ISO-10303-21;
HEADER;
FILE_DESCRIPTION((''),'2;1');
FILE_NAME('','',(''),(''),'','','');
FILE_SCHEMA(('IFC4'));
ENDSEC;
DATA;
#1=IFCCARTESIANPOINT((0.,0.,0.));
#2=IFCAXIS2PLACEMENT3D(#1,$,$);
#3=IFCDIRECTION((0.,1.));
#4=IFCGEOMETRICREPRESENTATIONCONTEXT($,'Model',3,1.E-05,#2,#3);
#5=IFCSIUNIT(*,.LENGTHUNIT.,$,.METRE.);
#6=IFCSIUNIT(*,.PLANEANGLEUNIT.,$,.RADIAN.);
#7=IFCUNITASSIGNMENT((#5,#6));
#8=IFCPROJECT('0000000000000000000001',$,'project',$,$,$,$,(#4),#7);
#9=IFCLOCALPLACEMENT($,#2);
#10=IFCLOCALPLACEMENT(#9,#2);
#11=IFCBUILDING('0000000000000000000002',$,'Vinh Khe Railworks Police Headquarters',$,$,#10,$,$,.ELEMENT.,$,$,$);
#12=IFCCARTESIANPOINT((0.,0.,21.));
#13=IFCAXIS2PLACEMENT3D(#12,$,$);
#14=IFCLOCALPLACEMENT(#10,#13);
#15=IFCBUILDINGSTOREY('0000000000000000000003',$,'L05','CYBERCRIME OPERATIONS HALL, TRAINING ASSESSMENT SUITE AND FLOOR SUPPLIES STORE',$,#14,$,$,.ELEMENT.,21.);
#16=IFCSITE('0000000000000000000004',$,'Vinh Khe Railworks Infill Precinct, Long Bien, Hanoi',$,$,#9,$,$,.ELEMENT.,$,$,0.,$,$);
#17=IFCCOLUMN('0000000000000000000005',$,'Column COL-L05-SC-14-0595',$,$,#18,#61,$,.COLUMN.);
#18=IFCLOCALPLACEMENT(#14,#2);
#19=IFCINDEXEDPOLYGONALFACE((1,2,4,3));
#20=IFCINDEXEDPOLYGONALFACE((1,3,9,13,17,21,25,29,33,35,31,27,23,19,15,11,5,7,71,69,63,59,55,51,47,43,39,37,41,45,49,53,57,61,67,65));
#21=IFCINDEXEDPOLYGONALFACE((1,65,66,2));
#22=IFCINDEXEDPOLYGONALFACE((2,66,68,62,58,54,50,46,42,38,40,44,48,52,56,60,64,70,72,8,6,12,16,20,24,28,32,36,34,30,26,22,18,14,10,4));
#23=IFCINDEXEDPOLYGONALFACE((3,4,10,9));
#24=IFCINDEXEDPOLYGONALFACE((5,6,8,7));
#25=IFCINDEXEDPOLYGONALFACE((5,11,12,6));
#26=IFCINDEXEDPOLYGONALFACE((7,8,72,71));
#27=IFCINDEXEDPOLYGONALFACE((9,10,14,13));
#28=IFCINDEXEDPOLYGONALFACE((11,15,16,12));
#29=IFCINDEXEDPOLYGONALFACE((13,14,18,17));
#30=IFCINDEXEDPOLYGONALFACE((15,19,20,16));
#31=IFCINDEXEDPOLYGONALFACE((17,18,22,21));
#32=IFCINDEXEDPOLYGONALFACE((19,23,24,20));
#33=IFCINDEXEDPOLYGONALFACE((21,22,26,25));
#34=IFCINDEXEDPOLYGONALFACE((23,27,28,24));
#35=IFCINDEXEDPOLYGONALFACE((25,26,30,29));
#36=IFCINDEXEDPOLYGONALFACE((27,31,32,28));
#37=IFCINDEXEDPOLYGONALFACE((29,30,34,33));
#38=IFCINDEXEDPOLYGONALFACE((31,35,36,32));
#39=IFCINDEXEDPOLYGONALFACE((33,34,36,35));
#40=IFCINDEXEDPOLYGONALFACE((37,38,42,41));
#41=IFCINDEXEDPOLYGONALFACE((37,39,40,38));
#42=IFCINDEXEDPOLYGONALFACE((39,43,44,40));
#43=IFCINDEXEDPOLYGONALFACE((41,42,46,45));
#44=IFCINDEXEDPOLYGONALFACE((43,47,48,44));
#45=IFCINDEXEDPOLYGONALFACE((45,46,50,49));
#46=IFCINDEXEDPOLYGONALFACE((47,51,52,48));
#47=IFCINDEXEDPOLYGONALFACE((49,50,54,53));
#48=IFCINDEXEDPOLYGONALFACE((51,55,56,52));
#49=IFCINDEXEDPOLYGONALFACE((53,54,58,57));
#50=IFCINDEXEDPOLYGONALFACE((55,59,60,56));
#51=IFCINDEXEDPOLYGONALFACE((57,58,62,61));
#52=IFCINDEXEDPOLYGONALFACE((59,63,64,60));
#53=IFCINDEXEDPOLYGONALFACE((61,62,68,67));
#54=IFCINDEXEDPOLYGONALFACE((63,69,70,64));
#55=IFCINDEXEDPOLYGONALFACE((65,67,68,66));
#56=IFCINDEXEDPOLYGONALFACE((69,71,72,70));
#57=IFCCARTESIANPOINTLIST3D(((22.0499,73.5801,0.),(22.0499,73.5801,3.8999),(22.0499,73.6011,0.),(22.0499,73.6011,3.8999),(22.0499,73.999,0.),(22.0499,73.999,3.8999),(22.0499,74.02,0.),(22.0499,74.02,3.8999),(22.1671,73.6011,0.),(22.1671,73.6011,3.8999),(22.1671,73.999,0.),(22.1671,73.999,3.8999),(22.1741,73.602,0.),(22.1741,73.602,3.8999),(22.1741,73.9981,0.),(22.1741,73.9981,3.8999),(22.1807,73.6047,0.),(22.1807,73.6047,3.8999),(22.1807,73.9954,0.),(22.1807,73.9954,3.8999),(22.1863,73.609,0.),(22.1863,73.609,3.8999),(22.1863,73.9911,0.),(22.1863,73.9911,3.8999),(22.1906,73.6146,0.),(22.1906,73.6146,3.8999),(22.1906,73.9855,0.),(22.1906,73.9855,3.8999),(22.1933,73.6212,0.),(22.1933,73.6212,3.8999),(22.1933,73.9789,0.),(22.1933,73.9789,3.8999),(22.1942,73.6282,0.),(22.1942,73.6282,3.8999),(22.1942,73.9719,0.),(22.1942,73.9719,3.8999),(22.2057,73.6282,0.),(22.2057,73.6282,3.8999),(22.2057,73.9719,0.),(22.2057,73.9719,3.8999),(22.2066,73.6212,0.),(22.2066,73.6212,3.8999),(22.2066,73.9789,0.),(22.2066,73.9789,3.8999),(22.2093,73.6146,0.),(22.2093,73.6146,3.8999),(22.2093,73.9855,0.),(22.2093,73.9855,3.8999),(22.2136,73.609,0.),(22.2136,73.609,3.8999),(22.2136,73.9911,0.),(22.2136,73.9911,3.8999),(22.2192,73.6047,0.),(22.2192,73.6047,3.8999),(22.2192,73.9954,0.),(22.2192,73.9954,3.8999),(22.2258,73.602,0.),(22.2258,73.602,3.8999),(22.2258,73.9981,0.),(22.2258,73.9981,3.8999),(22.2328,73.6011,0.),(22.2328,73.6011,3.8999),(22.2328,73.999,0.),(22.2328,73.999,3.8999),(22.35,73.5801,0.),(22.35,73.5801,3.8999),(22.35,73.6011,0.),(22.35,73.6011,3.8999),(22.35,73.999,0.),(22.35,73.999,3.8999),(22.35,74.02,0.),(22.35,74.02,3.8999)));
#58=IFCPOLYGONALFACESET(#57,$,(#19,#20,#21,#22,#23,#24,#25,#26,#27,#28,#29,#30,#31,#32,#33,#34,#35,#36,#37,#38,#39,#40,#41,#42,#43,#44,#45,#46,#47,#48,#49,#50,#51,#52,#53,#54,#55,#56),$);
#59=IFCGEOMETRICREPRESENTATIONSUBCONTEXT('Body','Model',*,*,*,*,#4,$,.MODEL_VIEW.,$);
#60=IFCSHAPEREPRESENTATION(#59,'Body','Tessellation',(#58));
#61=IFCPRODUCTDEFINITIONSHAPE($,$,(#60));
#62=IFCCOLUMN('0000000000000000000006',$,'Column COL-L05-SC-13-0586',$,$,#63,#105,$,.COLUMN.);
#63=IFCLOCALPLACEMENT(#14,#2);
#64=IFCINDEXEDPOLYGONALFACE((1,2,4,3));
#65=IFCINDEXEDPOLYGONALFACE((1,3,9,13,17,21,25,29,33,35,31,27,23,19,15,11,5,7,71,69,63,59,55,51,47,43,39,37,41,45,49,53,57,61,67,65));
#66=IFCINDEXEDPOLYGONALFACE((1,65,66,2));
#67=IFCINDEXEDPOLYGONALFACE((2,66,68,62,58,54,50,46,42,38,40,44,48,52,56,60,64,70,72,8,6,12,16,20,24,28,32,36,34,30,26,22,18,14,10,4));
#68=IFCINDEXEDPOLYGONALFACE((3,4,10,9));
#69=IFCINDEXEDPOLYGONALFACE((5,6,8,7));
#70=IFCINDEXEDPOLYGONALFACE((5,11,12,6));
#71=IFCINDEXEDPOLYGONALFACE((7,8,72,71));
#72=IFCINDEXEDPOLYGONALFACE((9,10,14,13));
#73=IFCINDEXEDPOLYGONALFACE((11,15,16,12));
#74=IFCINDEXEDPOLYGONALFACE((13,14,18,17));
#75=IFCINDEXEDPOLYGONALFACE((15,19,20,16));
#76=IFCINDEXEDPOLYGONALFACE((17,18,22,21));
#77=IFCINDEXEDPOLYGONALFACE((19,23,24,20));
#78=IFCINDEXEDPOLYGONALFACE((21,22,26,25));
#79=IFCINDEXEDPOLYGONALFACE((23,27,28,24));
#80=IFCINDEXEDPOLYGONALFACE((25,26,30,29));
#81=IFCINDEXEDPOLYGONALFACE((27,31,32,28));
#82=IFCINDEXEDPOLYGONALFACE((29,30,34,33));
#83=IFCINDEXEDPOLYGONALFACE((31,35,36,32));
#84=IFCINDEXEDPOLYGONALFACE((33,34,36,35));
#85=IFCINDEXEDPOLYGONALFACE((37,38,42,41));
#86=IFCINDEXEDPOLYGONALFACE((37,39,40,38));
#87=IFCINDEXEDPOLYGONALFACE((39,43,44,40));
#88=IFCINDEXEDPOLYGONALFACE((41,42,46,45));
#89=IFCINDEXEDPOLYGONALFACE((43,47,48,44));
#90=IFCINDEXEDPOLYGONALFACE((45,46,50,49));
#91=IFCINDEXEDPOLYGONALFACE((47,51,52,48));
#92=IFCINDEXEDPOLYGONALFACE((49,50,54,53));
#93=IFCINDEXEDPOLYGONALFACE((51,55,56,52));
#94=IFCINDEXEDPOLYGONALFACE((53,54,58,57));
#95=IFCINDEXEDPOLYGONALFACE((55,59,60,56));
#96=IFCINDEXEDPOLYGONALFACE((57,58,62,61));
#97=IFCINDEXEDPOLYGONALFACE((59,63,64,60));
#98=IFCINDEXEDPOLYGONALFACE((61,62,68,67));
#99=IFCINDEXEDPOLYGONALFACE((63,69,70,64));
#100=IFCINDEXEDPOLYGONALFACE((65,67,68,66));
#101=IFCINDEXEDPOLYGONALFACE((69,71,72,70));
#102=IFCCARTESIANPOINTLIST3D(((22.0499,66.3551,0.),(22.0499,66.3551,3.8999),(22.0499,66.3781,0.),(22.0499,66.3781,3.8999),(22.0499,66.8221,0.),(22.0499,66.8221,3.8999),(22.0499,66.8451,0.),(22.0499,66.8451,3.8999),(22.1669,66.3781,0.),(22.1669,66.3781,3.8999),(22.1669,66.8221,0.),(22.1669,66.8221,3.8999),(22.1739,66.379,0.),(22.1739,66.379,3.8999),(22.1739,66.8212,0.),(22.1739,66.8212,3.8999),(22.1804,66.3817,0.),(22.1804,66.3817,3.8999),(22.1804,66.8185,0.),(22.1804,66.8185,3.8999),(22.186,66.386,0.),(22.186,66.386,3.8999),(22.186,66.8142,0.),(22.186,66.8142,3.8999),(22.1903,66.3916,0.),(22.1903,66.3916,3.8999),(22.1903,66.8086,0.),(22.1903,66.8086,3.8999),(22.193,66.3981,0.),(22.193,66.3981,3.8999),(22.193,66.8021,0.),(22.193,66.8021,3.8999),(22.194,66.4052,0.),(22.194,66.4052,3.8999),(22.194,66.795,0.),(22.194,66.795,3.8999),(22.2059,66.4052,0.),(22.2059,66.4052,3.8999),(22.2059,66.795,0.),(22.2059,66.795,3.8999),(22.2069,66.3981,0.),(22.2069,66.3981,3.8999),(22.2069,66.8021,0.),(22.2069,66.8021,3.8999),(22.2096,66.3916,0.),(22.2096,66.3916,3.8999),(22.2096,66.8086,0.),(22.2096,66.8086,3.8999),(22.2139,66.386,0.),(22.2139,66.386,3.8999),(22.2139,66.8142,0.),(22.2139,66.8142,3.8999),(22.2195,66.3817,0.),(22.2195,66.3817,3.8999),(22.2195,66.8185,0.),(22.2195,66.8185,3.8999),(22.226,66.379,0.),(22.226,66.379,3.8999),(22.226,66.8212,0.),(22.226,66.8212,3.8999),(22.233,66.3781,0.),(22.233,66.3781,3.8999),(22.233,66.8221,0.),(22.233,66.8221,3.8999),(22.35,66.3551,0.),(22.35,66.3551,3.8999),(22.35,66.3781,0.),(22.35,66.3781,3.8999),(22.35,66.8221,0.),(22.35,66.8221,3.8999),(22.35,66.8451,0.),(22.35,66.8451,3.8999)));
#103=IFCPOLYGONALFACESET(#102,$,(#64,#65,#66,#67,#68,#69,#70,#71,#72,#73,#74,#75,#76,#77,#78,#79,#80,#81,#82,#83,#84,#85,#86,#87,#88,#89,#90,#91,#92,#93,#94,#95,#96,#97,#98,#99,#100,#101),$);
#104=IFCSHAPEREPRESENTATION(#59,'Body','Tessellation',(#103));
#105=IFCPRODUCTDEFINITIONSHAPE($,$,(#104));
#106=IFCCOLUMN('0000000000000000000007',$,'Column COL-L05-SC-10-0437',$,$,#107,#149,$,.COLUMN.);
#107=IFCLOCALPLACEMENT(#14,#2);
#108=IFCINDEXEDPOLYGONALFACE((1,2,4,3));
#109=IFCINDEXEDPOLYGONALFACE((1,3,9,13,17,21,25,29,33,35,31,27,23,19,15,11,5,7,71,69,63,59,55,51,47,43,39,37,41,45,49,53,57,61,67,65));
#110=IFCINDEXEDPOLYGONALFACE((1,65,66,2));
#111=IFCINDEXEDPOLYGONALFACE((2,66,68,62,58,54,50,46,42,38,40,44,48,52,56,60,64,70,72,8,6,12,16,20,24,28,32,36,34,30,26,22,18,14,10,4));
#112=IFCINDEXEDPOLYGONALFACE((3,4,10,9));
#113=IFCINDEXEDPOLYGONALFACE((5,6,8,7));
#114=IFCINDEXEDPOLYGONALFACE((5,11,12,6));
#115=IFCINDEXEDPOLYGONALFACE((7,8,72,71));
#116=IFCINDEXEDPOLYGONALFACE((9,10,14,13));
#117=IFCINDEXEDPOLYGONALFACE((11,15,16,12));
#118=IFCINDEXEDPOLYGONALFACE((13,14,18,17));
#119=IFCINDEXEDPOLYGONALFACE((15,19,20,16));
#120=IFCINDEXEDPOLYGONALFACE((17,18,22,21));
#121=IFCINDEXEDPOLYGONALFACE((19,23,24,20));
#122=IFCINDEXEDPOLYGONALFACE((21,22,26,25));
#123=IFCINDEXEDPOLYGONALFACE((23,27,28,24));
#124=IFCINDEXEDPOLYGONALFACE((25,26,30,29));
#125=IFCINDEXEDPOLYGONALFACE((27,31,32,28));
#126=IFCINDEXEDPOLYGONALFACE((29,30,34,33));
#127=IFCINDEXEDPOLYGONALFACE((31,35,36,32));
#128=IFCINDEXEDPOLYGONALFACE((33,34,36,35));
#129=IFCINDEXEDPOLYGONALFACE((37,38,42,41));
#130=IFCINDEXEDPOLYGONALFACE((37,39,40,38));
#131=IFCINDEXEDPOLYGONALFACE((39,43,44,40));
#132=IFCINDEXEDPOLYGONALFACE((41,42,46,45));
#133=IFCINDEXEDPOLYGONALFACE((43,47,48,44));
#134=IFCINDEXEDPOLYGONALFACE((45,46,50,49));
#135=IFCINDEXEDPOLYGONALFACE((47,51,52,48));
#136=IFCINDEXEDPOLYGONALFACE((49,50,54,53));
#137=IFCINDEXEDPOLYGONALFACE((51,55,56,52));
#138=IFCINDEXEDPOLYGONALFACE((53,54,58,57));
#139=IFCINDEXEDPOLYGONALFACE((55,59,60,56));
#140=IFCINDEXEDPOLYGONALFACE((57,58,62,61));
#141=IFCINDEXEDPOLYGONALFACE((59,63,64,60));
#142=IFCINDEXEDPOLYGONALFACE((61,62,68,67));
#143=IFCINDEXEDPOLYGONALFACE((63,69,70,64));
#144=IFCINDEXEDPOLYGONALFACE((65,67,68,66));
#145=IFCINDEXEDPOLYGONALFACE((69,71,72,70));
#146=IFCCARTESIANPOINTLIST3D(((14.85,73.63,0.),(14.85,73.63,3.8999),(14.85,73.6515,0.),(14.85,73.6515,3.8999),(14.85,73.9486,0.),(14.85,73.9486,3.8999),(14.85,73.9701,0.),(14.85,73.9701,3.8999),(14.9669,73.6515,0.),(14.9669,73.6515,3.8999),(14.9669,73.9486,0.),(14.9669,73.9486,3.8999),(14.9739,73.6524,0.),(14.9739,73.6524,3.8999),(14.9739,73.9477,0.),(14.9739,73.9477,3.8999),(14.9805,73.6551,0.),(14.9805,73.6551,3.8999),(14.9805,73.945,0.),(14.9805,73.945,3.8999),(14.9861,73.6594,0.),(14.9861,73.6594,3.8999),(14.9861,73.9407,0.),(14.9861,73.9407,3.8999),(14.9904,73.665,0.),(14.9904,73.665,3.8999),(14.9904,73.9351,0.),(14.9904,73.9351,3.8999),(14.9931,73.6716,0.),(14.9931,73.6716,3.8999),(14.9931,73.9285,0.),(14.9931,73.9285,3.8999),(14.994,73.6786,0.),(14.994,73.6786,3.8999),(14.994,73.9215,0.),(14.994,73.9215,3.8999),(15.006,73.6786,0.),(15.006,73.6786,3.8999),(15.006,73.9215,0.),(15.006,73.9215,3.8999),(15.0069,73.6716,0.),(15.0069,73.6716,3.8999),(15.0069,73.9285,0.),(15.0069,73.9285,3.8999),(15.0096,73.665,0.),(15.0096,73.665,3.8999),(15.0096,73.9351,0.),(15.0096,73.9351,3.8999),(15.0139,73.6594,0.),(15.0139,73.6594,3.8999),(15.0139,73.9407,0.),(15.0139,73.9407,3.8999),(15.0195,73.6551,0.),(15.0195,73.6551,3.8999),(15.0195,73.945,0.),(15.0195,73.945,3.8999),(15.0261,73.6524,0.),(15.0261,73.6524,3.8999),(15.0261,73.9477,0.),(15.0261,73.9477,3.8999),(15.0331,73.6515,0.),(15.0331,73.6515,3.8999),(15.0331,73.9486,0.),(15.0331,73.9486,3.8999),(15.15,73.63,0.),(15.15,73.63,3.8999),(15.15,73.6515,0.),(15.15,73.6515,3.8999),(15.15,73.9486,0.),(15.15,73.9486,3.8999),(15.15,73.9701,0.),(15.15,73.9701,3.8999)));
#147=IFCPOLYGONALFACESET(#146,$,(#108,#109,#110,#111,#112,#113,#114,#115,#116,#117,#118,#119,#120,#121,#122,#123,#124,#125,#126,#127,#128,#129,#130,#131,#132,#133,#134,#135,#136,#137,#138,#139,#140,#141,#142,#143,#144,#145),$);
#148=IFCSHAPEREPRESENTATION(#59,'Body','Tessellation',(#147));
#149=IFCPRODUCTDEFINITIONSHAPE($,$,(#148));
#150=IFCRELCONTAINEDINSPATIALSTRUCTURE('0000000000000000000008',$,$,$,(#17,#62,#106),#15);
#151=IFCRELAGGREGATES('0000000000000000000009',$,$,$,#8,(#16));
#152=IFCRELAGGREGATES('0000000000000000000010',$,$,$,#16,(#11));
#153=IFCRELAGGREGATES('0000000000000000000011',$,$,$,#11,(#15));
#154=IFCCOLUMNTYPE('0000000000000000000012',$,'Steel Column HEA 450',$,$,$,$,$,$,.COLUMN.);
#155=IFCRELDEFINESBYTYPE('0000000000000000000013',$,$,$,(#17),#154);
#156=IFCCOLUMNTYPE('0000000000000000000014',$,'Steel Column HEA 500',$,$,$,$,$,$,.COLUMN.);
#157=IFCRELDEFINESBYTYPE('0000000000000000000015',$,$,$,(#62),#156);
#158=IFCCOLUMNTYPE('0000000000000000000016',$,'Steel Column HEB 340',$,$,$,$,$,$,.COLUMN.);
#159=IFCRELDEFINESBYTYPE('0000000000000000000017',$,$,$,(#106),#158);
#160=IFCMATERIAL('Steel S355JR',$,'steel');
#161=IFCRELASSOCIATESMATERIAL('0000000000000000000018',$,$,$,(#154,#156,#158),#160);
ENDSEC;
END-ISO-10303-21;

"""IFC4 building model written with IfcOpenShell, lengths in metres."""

from ifc_helpers import new_model, si_unit, direction, frame, origin, origin_2d, place, context, subcontext, project, spatial, i_section, extrude, material, material_profile, profile_set, type_object, element, save


model = new_model("IFC4")

# Units and contexts
model_context = context("Model", 3, precision=1e-05, world=origin(), true_north=direction((0.0, 1.0)))
body_context = subcontext(model_context, "Body", "Model", "MODEL_VIEW")
ifc_project = project(units=[si_unit("LENGTHUNIT", "METRE"), si_unit("PLANEANGLEUNIT", "RADIAN")], contexts=[model_context])

# Site, building, storey
site_placement = place(None, origin())
site = spatial("IfcSite", under=ifc_project, at=site_placement, Name="Vinh Khe Railworks Infill Precinct, Long Bien, Hanoi", CompositionType="ELEMENT", RefElevation=0.0)
building_placement = place(site_placement, origin())
building = spatial("IfcBuilding", under=site, at=building_placement, Name="Vinh Khe Railworks Police Headquarters", CompositionType="ELEMENT")
storey_placement = place(building_placement, frame((0.0, 0.0, 21.0)))
storey = spatial("IfcBuildingStorey", under=building, at=storey_placement, Name="L05", Description="CYBERCRIME OPERATIONS HALL, TRAINING ASSESSMENT SUITE AND FLOOR SUPPLIES STORE", CompositionType="ELEMENT", Elevation=21.0)

# Columns
ifc_material_1 = material(Name="Steel S355JR", Category="steel")
ifc_material_profile_1 = material_profile(ifc_material_1, i_section(OverallWidth=0.3, OverallDepth=0.4399, WebThickness=0.0115, FlangeThickness=0.021, FilletRadius=0.0271, at=origin_2d()), Name="HEA 450")
ifc_profile_set_1 = profile_set([ifc_material_profile_1], Name="Steel S355JR")
column_type_1 = type_object("IfcColumnType", Name="Steel Column HEA 450", PredefinedType="COLUMN", material=ifc_profile_set_1)
column_1_placement = place(storey_placement, frame((22.2, 73.8, 0.0), z_axis=(0.0, 0.0, 1.0), x_axis=(1.0, 0.0, 0.0)))
element("IfcColumn", 1, at=column_1_placement, inside=storey, type_object=column_type_1, Name="Column COL-L05-SC-14-0595", PredefinedType="COLUMN", context=body_context, shape_type="SweptSolid", body=[
    extrude(i_section(OverallWidth=0.3, OverallDepth=0.4399, WebThickness=0.0115, FlangeThickness=0.021, FilletRadius=0.0271, at=origin_2d()), origin(), (0.0, 0.0, 1.0), 3.8999),
])
ifc_material_profile_2 = material_profile(ifc_material_1, i_section(OverallWidth=0.3, OverallDepth=0.49, WebThickness=0.012, FlangeThickness=0.0229, FilletRadius=0.0271, at=origin_2d()), Name="HEA 500")
ifc_profile_set_2 = profile_set([ifc_material_profile_2], Name="Steel S355JR")
column_type_2 = type_object("IfcColumnType", Name="Steel Column HEA 500", PredefinedType="COLUMN", material=ifc_profile_set_2)
column_2_placement = place(storey_placement, frame((22.2, 66.6001, 0.0), z_axis=(0.0, 0.0, 1.0), x_axis=(1.0, 0.0, 0.0)))
element("IfcColumn", 2, at=column_2_placement, inside=storey, type_object=column_type_2, Name="Column COL-L05-SC-13-0586", PredefinedType="COLUMN", context=body_context, shape_type="SweptSolid", body=[
    extrude(i_section(OverallWidth=0.3, OverallDepth=0.49, WebThickness=0.012, FlangeThickness=0.0229, FilletRadius=0.0271, at=origin_2d()), origin(), (0.0, 0.0, 1.0), 3.8999),
])
ifc_material_profile_3 = material_profile(ifc_material_1, i_section(OverallWidth=0.3, OverallDepth=0.3401, WebThickness=0.012, FlangeThickness=0.0215, FilletRadius=0.0271, at=origin_2d()), Name="HEB 340")
ifc_profile_set_3 = profile_set([ifc_material_profile_3], Name="Steel S355JR")
column_type_3 = type_object("IfcColumnType", Name="Steel Column HEB 340", PredefinedType="COLUMN", material=ifc_profile_set_3)
column_3_placement = place(storey_placement, frame((15.0, 73.8, 0.0), z_axis=(0.0, 0.0, 1.0), x_axis=(1.0, 0.0, 0.0)))
element("IfcColumn", 3, at=column_3_placement, inside=storey, type_object=column_type_3, Name="Column COL-L05-SC-10-0437", PredefinedType="COLUMN", context=body_context, shape_type="SweptSolid", body=[
    extrude(i_section(OverallWidth=0.3, OverallDepth=0.3401, WebThickness=0.012, FlangeThickness=0.0215, FilletRadius=0.0271, at=origin_2d()), origin(), (0.0, 0.0, 1.0), 3.8999),
])

save(model, "model.ifc")
